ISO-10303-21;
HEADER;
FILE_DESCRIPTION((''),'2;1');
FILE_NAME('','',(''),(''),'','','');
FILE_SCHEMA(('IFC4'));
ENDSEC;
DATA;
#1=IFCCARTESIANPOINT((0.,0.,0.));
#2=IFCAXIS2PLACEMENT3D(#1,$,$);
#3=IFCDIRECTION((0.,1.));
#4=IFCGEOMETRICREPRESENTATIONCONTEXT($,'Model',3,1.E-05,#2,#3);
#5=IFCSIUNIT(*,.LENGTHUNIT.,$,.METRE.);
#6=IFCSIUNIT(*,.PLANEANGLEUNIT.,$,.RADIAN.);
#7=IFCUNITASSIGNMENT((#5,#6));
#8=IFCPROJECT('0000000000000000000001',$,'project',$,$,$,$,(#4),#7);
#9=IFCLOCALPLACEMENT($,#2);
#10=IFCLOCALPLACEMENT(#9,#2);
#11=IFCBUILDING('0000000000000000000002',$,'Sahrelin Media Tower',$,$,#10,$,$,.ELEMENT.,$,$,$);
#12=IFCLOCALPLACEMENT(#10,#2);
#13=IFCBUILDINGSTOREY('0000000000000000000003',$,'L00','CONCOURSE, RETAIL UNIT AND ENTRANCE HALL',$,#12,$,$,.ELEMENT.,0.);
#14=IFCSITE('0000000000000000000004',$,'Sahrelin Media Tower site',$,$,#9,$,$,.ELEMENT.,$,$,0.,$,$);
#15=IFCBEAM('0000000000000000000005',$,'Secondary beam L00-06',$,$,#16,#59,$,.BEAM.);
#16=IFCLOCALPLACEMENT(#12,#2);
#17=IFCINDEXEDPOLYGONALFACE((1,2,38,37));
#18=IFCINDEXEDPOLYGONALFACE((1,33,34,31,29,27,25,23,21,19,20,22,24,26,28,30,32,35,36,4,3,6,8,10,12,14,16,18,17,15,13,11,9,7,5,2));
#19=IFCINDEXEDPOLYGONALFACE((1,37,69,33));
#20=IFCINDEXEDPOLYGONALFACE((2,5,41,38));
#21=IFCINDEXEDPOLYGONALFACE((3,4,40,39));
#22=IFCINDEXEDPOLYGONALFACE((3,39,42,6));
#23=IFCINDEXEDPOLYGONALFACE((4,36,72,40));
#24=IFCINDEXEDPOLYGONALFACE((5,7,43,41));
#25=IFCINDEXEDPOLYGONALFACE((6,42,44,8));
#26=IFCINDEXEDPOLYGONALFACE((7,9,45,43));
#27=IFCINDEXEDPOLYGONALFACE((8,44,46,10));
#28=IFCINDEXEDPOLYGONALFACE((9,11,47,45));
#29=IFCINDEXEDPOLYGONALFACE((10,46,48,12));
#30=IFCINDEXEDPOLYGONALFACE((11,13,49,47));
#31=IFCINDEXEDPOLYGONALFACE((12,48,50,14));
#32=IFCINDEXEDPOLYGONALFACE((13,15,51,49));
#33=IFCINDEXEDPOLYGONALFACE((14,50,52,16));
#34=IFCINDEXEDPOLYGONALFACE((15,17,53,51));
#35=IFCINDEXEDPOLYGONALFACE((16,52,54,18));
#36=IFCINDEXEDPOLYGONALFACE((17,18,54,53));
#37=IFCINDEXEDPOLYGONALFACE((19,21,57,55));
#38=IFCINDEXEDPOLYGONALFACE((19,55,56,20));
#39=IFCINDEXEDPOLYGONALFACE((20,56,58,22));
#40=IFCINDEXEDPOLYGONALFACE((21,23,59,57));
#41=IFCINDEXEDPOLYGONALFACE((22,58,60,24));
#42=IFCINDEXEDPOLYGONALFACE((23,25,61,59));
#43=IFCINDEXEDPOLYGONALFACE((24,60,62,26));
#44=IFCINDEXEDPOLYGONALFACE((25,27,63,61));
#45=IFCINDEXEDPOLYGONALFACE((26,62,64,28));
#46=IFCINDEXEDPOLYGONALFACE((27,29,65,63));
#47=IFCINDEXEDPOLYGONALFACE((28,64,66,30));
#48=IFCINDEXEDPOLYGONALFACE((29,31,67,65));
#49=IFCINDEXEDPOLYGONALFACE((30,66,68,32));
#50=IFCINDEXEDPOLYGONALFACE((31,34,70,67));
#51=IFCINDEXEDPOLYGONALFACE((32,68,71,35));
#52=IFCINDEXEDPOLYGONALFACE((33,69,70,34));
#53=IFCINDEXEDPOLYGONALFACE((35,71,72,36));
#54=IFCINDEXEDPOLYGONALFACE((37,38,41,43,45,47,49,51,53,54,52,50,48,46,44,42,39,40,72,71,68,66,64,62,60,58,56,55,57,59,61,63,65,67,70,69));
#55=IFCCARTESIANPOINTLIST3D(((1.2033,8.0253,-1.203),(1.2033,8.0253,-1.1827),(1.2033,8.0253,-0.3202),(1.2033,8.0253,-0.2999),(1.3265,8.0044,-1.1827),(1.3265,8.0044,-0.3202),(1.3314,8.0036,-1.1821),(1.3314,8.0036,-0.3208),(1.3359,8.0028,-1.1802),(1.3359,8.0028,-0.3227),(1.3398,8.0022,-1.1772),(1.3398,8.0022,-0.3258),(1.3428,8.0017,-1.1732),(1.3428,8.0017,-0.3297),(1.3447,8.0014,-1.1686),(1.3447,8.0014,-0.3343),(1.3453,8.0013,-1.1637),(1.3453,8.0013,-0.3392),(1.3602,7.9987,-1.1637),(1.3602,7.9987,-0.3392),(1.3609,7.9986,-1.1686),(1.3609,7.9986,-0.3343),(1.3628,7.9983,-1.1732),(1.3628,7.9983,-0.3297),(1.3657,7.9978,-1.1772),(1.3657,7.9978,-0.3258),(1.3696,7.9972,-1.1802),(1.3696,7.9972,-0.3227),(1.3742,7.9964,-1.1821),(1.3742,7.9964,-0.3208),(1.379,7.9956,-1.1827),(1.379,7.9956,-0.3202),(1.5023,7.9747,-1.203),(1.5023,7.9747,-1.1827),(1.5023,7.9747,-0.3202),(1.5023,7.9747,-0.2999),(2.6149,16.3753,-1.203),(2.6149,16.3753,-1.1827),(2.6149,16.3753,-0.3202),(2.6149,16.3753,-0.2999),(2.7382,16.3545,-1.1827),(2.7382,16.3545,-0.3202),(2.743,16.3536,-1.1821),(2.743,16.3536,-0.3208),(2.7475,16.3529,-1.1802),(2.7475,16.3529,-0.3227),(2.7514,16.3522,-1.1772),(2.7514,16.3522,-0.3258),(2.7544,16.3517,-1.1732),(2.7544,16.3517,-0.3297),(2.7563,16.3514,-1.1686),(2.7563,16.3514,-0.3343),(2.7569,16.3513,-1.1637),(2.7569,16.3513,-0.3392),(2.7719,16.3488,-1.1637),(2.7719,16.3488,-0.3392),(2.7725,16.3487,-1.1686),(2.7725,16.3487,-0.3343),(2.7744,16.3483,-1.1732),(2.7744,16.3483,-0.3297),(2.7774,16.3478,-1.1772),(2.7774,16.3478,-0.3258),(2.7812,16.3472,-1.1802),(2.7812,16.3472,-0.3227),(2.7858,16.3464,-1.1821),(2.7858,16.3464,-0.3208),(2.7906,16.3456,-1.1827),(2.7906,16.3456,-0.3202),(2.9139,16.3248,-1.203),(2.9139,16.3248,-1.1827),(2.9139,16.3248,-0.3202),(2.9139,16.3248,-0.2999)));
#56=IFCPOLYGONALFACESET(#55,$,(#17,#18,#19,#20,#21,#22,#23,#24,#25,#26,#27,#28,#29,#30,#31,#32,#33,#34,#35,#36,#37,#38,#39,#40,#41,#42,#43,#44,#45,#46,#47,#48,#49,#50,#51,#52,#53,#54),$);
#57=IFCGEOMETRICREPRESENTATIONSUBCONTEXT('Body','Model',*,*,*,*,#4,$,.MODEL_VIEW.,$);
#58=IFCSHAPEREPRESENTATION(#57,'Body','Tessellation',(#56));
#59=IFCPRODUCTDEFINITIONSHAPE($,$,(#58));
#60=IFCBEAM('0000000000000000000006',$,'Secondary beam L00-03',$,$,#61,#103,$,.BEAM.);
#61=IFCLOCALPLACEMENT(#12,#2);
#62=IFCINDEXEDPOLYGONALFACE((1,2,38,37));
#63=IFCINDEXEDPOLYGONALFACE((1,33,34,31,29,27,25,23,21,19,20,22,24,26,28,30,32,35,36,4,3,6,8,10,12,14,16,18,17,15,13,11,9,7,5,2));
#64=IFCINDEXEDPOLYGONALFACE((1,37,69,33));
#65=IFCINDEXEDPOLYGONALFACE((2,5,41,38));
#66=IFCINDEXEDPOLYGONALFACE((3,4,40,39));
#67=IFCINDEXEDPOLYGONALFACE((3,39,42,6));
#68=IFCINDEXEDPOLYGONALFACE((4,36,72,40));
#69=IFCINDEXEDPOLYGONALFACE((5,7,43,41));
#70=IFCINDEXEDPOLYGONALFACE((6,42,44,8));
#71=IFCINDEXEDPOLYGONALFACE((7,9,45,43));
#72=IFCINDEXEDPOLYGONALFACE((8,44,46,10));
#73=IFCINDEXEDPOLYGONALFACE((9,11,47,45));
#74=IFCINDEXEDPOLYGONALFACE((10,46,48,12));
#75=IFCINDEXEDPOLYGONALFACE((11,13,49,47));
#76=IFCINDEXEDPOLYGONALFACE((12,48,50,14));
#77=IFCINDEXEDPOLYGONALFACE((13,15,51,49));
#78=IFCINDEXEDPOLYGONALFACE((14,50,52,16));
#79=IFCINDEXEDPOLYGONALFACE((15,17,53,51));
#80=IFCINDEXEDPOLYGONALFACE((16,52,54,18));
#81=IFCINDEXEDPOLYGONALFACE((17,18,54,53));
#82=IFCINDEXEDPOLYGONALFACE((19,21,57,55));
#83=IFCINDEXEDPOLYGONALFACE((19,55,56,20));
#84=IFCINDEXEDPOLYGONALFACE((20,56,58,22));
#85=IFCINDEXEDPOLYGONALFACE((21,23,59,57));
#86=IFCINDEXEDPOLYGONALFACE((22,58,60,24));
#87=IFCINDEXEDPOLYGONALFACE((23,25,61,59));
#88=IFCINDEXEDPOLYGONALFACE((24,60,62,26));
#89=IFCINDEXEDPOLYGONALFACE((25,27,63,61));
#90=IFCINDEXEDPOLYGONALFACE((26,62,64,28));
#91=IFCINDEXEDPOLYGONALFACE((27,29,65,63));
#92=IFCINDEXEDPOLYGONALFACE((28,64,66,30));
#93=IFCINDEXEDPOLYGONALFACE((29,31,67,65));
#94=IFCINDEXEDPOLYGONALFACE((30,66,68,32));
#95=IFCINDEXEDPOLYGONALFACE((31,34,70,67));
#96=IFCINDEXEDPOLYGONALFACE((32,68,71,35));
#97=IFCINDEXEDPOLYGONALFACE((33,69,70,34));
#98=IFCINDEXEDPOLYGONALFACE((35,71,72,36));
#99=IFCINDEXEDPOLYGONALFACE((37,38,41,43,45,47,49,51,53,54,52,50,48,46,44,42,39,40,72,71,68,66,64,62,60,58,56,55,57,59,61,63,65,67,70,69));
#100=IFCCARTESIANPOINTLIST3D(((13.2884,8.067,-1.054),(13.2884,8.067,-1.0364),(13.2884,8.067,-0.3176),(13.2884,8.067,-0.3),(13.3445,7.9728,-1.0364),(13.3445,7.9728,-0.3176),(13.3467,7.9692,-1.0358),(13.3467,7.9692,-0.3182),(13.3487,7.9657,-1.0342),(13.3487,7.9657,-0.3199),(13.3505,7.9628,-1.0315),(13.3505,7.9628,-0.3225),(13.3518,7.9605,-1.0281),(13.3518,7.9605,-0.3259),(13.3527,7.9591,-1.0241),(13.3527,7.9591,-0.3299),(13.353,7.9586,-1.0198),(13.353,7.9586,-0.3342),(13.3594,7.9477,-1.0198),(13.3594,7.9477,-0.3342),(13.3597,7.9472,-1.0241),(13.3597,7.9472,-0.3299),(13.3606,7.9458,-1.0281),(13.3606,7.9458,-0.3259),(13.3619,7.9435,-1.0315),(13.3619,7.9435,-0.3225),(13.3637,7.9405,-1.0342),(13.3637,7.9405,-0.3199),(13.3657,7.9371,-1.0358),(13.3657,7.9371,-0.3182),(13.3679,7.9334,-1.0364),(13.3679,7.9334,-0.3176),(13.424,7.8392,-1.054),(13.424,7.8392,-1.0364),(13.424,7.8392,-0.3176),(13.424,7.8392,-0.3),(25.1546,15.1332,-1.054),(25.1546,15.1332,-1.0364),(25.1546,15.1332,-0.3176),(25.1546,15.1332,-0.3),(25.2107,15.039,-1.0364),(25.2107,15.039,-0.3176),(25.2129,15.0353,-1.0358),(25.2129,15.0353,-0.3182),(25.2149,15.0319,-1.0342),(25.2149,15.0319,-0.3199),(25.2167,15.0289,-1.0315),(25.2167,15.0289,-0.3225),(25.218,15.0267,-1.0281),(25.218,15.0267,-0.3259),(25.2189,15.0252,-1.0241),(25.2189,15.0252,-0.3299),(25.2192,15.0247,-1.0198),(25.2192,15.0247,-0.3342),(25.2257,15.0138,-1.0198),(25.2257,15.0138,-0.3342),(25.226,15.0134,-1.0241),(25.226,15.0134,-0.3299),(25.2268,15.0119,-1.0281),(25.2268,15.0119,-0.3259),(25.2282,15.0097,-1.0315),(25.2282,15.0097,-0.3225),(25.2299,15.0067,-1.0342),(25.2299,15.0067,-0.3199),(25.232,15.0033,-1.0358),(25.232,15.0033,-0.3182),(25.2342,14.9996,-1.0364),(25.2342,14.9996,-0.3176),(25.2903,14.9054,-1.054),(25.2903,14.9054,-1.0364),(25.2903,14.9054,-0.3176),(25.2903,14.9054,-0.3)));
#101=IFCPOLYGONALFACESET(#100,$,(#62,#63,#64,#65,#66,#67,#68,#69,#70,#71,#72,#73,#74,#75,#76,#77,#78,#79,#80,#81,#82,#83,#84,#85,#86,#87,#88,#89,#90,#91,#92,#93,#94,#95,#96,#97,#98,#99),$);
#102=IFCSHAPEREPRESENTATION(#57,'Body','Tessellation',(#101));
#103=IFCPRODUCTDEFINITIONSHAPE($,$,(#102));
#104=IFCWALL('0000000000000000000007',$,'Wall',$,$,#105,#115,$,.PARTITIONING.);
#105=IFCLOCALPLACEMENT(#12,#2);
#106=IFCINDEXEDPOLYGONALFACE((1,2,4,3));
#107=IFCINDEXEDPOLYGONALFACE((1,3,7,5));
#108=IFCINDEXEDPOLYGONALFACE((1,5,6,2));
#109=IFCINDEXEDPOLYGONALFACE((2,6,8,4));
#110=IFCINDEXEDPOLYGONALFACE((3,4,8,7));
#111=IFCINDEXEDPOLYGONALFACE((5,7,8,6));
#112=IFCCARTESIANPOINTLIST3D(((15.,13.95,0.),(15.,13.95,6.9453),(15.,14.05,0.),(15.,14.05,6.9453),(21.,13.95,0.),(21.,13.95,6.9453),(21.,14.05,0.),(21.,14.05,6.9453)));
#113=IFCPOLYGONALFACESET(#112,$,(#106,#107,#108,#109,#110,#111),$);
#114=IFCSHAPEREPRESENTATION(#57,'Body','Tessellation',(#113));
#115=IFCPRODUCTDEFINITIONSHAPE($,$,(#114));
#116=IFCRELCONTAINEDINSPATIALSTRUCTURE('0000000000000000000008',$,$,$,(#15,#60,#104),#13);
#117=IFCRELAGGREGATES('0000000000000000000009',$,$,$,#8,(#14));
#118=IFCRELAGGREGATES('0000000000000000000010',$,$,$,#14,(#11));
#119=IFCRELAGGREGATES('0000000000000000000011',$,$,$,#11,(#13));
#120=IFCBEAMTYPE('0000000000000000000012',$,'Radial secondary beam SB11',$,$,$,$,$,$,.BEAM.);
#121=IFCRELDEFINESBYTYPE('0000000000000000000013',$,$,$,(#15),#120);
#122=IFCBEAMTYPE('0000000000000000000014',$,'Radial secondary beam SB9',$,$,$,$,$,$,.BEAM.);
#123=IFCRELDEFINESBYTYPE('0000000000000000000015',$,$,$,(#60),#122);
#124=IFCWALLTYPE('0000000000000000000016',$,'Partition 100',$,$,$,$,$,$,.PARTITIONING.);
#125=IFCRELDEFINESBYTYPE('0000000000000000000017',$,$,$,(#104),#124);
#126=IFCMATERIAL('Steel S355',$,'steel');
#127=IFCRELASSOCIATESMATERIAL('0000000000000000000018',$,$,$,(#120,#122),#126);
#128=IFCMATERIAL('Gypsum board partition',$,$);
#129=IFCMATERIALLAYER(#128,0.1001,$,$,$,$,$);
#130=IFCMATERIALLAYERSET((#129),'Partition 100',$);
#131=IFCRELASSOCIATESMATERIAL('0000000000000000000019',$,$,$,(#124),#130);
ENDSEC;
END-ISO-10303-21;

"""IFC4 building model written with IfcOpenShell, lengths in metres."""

from ifc_helpers import new_model, si_unit, direction, frame, frame_2d, origin, origin_2d, place, context, subcontext, project, spatial, rectangle, i_section, extrude, material, layer, layer_set, material_profile, profile_set, type_object, element, save


model = new_model("IFC4")

# Units and contexts
model_context = context("Model", 3, precision=1e-05, world=origin(), true_north=direction((0.0, 1.0)))
body_context = subcontext(model_context, "Body", "Model", "MODEL_VIEW")
ifc_project = project(units=[si_unit("LENGTHUNIT", "METRE"), si_unit("PLANEANGLEUNIT", "RADIAN")], contexts=[model_context])

# Site, building, storey
site_placement = place(None, origin())
site = spatial("IfcSite", under=ifc_project, at=site_placement, Name="Sahrelin Media Tower site", CompositionType="ELEMENT", RefElevation=0.0)
building_placement = place(site_placement, origin())
building = spatial("IfcBuilding", under=site, at=building_placement, Name="Sahrelin Media Tower", CompositionType="ELEMENT")
storey_placement = place(building_placement, origin())
storey = spatial("IfcBuildingStorey", under=building, at=storey_placement, Name="L00", Description="CONCOURSE, RETAIL UNIT AND ENTRANCE HALL", CompositionType="ELEMENT", Elevation=0.0)

# Beams
ifc_material_1 = material(Name="Steel S355", Category="steel")
ifc_material_profile_1 = material_profile(ifc_material_1, i_section(OverallWidth=0.3032, OverallDepth=0.9031, WebThickness=0.0151, FlangeThickness=0.0203, FilletRadius=0.019, at=origin_2d()), Name="UB 914x305x201")
ifc_profile_set_1 = profile_set([ifc_material_profile_1], Name="Steel S355")
beam_type_1 = type_object("IfcBeamType", Name="Radial secondary beam SB11", PredefinedType="BEAM", material=ifc_profile_set_1)
beam_1_placement = place(storey_placement, frame((1.3528, 8.0, -0.7515), z_axis=(0.166689, 0.986009, 0.0), x_axis=(-0.986009, 0.166689, 0.0)))
element("IfcBeam", 1, at=beam_1_placement, inside=storey, type_object=beam_type_1, Name="Secondary beam L00-06", PredefinedType="BEAM", context=body_context, shape_type="SweptSolid", body=[
    extrude(i_section(OverallWidth=0.3032, OverallDepth=0.9031, WebThickness=0.0151, FlangeThickness=0.0203, FilletRadius=0.019, at=origin_2d()), origin(), (0.0, 0.0, 1.0), 8.4685),
])
ifc_material_profile_2 = material_profile(ifc_material_1, i_section(OverallWidth=0.2651, OverallDepth=0.7539, WebThickness=0.0127, FlangeThickness=0.0176, FilletRadius=0.0166, at=origin_2d()), Name="UB 762x267x147")
ifc_profile_set_2 = profile_set([ifc_material_profile_2], Name="Steel S355")
beam_type_2 = type_object("IfcBeamType", Name="Radial secondary beam SB9", PredefinedType="BEAM", material=ifc_profile_set_2)
beam_2_placement = place(storey_placement, frame((13.3562, 7.9531, -0.677), z_axis=(0.859199, 0.511641, 0.0), x_axis=(-0.511641, 0.859199, 0.0)))
element("IfcBeam", 2, at=beam_2_placement, inside=storey, type_object=beam_type_2, Name="Secondary beam L00-03", PredefinedType="BEAM", context=body_context, shape_type="SweptSolid", body=[
    extrude(i_section(OverallWidth=0.2651, OverallDepth=0.7539, WebThickness=0.0127, FlangeThickness=0.0176, FilletRadius=0.0166, at=origin_2d()), origin(), (0.0, 0.0, 1.0), 13.8108),
])

# Wall
ifc_material_2 = material(Name="Gypsum board partition")
ifc_layer_1 = layer(ifc_material_2, 0.1001)
ifc_layer_set_1 = layer_set([ifc_layer_1], Name="Partition 100")
wall_type_1 = type_object("IfcWallType", Name="Partition 100", PredefinedType="PARTITIONING", material=ifc_layer_set_1)
wall_1_placement = place(storey_placement, frame((15.0, 14.0, 0.0), z_axis=(0.0, 0.0, 1.0), x_axis=(1.0, 0.0, 0.0)))
element("IfcWall", 3, at=wall_1_placement, inside=storey, type_object=wall_type_1, Name="Wall", PredefinedType="PARTITIONING", context=body_context, shape_type="SweptSolid", body=[
    extrude(rectangle(XDim=6.0, YDim=0.1001, at=frame_2d((3.0, 0.0))), origin(), (0.0, 0.0, 1.0), 6.9453),
])

save(model, "model.ifc")
